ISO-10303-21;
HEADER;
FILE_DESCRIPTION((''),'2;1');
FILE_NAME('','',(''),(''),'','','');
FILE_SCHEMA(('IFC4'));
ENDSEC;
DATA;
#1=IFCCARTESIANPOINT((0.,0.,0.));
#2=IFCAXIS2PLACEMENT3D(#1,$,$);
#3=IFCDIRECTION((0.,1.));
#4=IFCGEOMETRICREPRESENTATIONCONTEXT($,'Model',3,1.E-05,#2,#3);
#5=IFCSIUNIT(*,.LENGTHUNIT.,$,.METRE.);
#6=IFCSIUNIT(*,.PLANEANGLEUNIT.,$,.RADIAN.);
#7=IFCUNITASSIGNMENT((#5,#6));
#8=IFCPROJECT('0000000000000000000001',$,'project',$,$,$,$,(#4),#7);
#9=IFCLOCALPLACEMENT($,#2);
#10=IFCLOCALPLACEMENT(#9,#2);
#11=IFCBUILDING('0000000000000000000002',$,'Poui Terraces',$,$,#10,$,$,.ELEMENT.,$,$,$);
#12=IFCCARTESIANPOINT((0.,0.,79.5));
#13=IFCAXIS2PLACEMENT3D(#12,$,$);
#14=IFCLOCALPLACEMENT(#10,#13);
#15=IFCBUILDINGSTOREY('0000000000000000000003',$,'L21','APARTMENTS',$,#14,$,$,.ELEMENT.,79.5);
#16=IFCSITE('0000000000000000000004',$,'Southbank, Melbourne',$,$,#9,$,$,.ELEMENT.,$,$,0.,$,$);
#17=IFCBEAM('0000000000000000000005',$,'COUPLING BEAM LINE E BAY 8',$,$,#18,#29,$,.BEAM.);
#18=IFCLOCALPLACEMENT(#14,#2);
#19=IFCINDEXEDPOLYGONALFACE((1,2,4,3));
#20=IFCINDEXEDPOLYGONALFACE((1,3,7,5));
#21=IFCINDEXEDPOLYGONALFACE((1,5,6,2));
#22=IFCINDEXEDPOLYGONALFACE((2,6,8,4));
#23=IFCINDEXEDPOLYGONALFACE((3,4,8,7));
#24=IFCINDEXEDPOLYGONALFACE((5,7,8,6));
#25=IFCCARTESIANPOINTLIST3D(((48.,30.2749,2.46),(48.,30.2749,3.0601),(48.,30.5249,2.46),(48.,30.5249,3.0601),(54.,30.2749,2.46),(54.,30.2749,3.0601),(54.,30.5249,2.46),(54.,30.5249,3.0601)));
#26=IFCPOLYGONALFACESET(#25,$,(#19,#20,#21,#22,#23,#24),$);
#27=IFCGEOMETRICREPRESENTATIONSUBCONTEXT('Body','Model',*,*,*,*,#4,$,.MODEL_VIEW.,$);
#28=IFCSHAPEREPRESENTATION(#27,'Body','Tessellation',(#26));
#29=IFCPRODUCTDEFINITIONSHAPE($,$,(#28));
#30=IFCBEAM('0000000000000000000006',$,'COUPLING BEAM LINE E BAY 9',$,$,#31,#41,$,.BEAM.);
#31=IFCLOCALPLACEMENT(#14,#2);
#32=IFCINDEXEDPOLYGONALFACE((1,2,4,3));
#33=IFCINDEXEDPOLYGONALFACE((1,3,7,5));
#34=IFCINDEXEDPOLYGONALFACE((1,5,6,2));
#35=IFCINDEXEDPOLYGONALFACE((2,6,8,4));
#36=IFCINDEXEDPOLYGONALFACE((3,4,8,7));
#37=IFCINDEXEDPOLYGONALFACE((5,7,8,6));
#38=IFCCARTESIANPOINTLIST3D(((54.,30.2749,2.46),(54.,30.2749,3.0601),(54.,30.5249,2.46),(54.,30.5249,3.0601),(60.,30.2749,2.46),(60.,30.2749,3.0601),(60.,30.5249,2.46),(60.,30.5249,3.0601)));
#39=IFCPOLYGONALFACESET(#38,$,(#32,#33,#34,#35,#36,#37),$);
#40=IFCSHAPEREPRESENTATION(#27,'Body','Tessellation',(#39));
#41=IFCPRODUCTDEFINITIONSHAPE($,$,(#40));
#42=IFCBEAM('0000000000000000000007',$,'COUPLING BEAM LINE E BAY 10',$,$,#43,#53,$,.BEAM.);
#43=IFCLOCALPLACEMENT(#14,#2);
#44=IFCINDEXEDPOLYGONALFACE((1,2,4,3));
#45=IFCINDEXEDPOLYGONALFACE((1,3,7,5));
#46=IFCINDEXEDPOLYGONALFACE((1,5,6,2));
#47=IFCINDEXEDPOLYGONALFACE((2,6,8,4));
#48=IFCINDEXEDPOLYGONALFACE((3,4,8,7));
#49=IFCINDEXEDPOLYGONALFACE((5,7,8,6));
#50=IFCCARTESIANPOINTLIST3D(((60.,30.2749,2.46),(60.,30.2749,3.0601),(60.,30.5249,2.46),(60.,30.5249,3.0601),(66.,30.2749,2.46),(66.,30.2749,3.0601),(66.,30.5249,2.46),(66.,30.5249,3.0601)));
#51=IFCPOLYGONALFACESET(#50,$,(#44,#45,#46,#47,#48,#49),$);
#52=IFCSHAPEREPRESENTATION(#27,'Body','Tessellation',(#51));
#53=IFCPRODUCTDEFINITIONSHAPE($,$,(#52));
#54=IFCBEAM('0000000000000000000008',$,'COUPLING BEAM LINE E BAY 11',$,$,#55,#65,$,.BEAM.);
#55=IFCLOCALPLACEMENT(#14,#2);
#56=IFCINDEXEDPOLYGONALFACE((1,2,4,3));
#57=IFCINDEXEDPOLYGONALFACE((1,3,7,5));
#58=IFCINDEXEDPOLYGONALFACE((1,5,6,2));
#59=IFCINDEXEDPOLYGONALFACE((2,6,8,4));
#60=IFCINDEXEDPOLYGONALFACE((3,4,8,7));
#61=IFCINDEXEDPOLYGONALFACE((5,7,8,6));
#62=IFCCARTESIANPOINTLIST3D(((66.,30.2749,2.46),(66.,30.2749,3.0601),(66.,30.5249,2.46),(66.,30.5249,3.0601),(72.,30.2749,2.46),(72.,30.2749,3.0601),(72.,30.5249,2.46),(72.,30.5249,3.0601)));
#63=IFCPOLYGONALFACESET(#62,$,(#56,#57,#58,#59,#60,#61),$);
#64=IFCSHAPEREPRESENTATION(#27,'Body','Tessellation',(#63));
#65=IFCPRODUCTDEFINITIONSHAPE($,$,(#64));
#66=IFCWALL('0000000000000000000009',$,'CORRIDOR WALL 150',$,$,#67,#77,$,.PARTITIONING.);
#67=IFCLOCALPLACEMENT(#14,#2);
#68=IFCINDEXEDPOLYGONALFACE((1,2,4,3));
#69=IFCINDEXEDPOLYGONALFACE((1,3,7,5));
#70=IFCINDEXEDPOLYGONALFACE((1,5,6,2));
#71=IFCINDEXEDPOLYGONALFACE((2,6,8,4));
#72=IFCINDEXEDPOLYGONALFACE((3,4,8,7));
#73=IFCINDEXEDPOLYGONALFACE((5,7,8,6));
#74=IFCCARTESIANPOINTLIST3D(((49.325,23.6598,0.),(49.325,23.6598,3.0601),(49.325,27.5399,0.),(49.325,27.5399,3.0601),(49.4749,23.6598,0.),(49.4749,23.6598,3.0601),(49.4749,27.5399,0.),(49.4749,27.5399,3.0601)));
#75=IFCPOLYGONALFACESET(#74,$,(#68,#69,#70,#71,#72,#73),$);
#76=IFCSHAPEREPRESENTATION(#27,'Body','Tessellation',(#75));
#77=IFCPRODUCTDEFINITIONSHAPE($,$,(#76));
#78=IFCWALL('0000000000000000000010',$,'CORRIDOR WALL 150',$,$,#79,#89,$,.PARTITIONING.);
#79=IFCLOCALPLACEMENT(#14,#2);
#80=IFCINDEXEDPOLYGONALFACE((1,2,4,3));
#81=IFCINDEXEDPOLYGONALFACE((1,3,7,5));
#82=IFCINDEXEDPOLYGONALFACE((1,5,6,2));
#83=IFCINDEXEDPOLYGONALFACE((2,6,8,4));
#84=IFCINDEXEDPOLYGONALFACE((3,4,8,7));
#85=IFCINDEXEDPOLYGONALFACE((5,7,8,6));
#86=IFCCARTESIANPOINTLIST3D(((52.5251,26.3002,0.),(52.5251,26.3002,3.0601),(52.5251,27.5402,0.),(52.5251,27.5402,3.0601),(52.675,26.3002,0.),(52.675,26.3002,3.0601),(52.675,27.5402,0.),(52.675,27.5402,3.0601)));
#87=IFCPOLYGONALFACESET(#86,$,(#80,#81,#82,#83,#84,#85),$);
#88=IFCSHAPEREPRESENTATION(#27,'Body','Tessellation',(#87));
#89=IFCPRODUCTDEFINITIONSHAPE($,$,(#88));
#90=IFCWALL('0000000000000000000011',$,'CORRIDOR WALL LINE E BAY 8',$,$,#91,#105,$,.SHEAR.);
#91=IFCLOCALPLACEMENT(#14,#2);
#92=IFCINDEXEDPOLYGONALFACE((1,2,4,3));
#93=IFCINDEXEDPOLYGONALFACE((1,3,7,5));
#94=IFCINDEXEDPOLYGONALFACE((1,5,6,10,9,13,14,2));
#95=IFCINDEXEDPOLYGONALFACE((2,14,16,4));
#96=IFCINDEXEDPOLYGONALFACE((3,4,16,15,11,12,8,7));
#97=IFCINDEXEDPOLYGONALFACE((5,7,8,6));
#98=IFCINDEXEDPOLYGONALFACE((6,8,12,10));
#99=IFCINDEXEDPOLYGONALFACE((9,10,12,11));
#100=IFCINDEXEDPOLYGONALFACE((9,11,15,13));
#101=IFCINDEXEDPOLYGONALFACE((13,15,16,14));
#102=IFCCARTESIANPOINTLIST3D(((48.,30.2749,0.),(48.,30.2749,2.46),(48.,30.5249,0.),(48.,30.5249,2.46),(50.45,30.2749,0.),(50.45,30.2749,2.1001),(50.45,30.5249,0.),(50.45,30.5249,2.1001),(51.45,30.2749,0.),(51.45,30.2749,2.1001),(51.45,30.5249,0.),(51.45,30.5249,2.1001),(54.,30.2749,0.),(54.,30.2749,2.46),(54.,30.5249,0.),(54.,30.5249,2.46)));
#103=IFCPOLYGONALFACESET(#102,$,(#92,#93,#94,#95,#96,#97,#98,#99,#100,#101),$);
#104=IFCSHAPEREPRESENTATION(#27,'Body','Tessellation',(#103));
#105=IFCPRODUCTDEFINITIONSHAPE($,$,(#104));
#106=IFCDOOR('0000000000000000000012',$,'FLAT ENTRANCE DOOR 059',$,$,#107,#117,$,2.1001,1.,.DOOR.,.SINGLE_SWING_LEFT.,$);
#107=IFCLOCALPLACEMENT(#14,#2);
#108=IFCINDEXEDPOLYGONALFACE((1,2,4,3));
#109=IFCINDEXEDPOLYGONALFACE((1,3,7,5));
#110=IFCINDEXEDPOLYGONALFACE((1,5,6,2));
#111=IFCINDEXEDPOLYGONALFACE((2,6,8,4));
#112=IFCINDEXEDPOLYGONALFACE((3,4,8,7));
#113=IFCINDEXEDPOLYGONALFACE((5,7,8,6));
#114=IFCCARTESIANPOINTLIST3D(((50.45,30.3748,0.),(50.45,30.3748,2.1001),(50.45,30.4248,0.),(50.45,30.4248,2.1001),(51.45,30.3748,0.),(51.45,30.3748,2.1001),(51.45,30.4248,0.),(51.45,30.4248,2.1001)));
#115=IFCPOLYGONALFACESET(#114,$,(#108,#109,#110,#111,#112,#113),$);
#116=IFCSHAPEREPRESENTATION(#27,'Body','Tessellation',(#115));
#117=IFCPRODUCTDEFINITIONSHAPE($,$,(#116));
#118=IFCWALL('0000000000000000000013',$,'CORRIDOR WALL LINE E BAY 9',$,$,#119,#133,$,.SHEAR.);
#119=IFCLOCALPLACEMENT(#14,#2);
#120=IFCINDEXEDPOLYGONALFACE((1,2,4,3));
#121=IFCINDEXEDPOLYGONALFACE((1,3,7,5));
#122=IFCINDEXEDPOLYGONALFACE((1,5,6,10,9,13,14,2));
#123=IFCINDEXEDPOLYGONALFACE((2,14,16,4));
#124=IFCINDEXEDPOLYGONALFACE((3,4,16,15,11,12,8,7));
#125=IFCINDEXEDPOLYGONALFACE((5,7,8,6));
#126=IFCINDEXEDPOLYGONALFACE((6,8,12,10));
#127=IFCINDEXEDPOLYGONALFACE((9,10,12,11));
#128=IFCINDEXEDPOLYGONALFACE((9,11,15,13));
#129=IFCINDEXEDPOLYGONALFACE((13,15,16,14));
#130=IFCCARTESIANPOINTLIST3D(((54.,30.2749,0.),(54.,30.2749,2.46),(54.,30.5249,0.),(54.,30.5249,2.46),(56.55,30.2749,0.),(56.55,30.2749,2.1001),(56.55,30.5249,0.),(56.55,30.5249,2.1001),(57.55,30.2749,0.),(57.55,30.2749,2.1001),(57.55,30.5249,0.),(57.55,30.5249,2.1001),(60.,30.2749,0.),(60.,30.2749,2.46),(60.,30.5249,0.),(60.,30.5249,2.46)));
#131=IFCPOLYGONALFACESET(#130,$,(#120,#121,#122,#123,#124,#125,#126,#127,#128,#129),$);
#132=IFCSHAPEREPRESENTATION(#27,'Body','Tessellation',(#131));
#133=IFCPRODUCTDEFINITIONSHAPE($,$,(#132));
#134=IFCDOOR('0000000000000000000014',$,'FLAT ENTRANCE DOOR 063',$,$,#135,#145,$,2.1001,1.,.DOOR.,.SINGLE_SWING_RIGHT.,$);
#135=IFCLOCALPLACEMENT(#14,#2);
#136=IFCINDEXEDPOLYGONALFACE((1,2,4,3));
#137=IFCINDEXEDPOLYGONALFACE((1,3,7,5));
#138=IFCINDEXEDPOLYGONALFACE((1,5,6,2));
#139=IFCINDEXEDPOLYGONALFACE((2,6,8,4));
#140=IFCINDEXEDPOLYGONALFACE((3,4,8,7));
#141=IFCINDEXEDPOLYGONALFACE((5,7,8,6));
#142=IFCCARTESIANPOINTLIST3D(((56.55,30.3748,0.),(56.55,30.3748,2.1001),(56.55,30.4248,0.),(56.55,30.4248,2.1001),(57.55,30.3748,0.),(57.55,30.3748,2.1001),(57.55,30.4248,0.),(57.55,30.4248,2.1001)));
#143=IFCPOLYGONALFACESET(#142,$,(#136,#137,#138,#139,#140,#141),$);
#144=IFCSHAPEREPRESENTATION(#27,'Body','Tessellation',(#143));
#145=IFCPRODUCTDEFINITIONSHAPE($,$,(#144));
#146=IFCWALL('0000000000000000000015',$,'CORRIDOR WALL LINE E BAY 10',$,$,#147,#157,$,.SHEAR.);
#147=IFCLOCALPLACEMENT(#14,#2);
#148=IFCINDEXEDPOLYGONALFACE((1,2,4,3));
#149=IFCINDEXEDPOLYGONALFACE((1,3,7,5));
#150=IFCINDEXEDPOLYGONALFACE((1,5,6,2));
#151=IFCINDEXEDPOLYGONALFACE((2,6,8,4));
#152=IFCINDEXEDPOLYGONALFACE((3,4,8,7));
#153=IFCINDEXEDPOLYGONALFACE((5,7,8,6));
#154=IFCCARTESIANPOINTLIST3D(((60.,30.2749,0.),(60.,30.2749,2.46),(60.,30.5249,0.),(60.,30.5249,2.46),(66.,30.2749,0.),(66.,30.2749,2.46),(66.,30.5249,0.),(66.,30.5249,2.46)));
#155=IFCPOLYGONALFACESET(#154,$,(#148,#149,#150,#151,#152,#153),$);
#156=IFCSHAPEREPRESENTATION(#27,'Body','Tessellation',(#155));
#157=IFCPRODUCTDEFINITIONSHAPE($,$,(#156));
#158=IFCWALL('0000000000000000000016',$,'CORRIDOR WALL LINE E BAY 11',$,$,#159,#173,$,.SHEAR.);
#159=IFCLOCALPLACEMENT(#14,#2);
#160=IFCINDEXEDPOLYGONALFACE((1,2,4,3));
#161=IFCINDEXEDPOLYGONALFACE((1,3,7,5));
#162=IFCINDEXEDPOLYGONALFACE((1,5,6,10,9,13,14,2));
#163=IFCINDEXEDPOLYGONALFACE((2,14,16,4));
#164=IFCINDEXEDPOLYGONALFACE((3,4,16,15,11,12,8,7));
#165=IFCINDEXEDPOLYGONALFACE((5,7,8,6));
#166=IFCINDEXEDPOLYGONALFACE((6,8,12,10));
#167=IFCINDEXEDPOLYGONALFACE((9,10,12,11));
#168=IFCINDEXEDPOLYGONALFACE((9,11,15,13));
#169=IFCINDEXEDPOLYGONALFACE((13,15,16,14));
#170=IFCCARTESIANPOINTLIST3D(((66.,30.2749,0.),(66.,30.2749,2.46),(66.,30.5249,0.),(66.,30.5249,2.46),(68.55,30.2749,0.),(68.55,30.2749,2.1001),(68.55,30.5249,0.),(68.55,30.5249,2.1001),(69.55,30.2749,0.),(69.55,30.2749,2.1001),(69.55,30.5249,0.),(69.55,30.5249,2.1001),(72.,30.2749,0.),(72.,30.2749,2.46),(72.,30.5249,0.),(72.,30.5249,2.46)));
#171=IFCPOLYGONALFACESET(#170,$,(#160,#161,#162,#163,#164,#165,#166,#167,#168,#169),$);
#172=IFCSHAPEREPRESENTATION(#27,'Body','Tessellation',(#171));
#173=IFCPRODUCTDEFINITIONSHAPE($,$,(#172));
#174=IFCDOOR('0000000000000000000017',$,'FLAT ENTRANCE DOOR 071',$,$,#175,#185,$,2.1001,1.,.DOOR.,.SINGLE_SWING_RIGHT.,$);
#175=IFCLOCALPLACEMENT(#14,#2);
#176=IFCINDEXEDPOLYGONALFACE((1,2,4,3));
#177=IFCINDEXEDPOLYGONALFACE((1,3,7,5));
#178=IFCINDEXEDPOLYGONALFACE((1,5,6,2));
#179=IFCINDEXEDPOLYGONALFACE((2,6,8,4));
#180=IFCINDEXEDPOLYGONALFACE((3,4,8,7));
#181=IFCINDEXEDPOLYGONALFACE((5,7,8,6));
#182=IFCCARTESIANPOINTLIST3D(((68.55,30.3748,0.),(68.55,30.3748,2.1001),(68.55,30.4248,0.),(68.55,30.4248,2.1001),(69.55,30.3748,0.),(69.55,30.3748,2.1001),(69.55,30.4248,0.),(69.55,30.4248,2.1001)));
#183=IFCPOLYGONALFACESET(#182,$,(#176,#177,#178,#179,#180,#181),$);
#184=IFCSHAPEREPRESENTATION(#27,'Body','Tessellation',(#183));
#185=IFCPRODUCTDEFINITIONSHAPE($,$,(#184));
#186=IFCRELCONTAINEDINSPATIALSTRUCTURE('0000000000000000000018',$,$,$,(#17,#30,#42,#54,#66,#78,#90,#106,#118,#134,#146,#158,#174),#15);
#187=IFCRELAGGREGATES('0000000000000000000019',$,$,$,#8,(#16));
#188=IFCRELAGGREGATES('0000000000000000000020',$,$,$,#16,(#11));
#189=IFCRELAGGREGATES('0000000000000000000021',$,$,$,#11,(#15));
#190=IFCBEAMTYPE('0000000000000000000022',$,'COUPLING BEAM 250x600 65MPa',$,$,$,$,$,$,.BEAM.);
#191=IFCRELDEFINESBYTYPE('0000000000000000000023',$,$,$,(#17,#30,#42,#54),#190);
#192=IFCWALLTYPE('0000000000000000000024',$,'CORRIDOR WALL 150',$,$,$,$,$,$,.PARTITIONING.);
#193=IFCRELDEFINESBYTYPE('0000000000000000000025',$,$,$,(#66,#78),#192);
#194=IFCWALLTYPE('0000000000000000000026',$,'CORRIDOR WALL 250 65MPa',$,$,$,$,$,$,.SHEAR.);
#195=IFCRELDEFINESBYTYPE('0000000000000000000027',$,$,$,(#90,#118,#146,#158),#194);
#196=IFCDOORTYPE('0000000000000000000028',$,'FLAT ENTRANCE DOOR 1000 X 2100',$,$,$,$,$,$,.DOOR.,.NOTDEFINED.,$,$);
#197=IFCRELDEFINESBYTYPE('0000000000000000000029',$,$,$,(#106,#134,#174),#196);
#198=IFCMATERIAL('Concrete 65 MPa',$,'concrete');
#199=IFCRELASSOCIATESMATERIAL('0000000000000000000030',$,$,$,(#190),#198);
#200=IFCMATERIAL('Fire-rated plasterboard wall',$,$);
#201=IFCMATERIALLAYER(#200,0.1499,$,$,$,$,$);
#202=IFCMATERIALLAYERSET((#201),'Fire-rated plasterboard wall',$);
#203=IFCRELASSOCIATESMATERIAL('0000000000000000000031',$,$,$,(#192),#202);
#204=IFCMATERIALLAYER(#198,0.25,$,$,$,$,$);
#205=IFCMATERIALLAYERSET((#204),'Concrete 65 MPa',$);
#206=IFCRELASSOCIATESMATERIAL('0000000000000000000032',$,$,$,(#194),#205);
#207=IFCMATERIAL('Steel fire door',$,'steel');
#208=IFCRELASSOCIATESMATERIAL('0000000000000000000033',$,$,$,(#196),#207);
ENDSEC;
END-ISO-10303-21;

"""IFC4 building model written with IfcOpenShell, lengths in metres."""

from ifc_helpers import new_model, si_unit, direction, frame, frame_2d, origin, origin_2d, place, context, subcontext, project, spatial, rectangle, extrude, source, transform, mapped, material, layer, layer_set, material_profile, profile_set, type_object, element, fill, save


model = new_model("IFC4")

# Units and contexts
model_context = context("Model", 3, precision=1e-05, world=origin(), true_north=direction((0.0, 1.0)))
body_context = subcontext(model_context, "Body", "Model", "MODEL_VIEW")
ifc_project = project(units=[si_unit("LENGTHUNIT", "METRE"), si_unit("PLANEANGLEUNIT", "RADIAN")], contexts=[model_context])

# Site, building, storey
site_placement = place(None, origin())
site = spatial("IfcSite", under=ifc_project, at=site_placement, Name="Southbank, Melbourne", CompositionType="ELEMENT", RefElevation=0.0)
building_placement = place(site_placement, origin())
building = spatial("IfcBuilding", under=site, at=building_placement, Name="Poui Terraces", CompositionType="ELEMENT")
storey_placement = place(building_placement, frame((0.0, 0.0, 79.5)))
storey = spatial("IfcBuildingStorey", under=building, at=storey_placement, Name="L21", Description="APARTMENTS", CompositionType="ELEMENT", Elevation=79.5)

# Beams
ifc_material_1 = material(Name="Concrete 65 MPa", Category="concrete")
ifc_material_profile = material_profile(ifc_material_1, rectangle(XDim=0.25, YDim=0.6001, at=origin_2d()), Name="RC 250x600")
ifc_profile_set = profile_set([ifc_material_profile], Name="Concrete 65 MPa")
beam_type = type_object("IfcBeamType", Name="COUPLING BEAM 250x600 65MPa", PredefinedType="BEAM", material=ifc_profile_set)
shared_shape = source(origin(), body_context, "Body", "SweptSolid", [
    extrude(rectangle(XDim=0.25, YDim=0.6001, at=origin_2d()), origin(), (0.0, 0.0, 1.0), 6.0),
])
for number, where, z_axis, x_axis, name in (
    (1, (48.0, 30.3999, 2.76), (1.0, 0.0, 0.0), (0.0, 1.0, 0.0), "COUPLING BEAM LINE E BAY 8"),
    (2, (54.0, 30.3999, 2.76), (1.0, 0.0, 0.0), (0.0, 1.0, 0.0), "COUPLING BEAM LINE E BAY 9"),
    (3, (60.0, 30.3999, 2.76), (1.0, 0.0, 0.0), (0.0, 1.0, 0.0), "COUPLING BEAM LINE E BAY 10"),
    (4, (66.0, 30.3999, 2.76), (1.0, 0.0, 0.0), (0.0, 1.0, 0.0), "COUPLING BEAM LINE E BAY 11"),
):
    element("IfcBeam", number, at=place(storey_placement, frame(where, z_axis=z_axis, x_axis=x_axis)), inside=storey, type_object=beam_type, Name=name, PredefinedType="BEAM", context=body_context, shape_type="MappedRepresentation", body=[
        mapped(shared_shape, transform((0.0, 0.0, 0.0))),
    ])

# Walls
ifc_material_2 = material(Name="Fire-rated plasterboard wall")
ifc_layer_1 = layer(ifc_material_2, 0.1499)
ifc_layer_set_1 = layer_set([ifc_layer_1], Name="Fire-rated plasterboard wall")
wall_type_1 = type_object("IfcWallType", Name="CORRIDOR WALL 150", PredefinedType="PARTITIONING", material=ifc_layer_set_1)
wall_1_placement = place(storey_placement, frame((49.3999, 23.6599, 0.0), z_axis=(0.0, 0.0, 1.0), x_axis=(0.0, 1.0, 0.0)))
element("IfcWall", 5, at=wall_1_placement, inside=storey, type_object=wall_type_1, Name="CORRIDOR WALL 150", PredefinedType="PARTITIONING", context=body_context, shape_type="SweptSolid", body=[
    extrude(rectangle(XDim=3.8801, YDim=0.1499, at=frame_2d((1.9399, 0.0))), origin(), (0.0, 0.0, 1.0), 3.0601),
])
wall_2_placement = place(storey_placement, frame((52.6001, 26.3, 0.0), z_axis=(0.0, 0.0, 1.0), x_axis=(0.0, 1.0, 0.0)))
element("IfcWall", 6, at=wall_2_placement, inside=storey, type_object=wall_type_1, Name="CORRIDOR WALL 150", PredefinedType="PARTITIONING", context=body_context, shape_type="SweptSolid", body=[
    extrude(rectangle(XDim=1.24, YDim=0.1499, at=frame_2d((0.6201, 0.0))), origin(), (0.0, 0.0, 1.0), 3.0601),
])

# Walls, openings, doors
ifc_layer_2 = layer(ifc_material_1, 0.25)
ifc_layer_set_2 = layer_set([ifc_layer_2], Name="Concrete 65 MPa")
wall_type_2 = type_object("IfcWallType", Name="CORRIDOR WALL 250 65MPa", PredefinedType="SHEAR", material=ifc_layer_set_2)
wall_3_placement = place(storey_placement, frame((48.0, 30.3999, 0.0), z_axis=(0.0, 0.0, 1.0), x_axis=(1.0, 0.0, 0.0)))
wall_3 = element("IfcWall", 7, at=wall_3_placement, inside=storey, type_object=wall_type_2, Name="CORRIDOR WALL LINE E BAY 8", PredefinedType="SHEAR", context=body_context, shape_type="SweptSolid", body=[
    extrude(rectangle(XDim=6.0, YDim=0.25, at=frame_2d((3.0, 0.0))), origin(), (0.0, 0.0, 1.0), 2.46),
])
opening_1_placement = place(wall_3_placement, frame((2.45, 0.0, 0.0)))
opening_1 = element("IfcOpeningElement", 8, at=opening_1_placement, cuts=wall_3, PredefinedType="OPENING", context=body_context, shape_type="SweptSolid", body=[
    extrude(rectangle(XDim=1.0, YDim=2.1001, at=frame_2d((0.5, 1.05))), frame((0.0, 0.135, 0.0), z_axis=(0.0, -1.0, 0.0), x_axis=(1.0, 0.0, 0.0)), (0.0, 0.0, 1.0), 0.27),
])
ifc_material_3 = material(Name="Steel fire door", Category="steel")
door_type_1 = type_object("IfcDoorType", Name="FLAT ENTRANCE DOOR 1000 X 2100", OperationType="NOTDEFINED", PredefinedType="DOOR", material=ifc_material_3)
door_1_placement = place(opening_1_placement, origin())
door_1 = element("IfcDoor", 9, at=door_1_placement, inside=storey, type_object=door_type_1, Name="FLAT ENTRANCE DOOR 059", OperationType="SINGLE_SWING_LEFT", OverallHeight=2.1001, OverallWidth=1.0, PredefinedType="DOOR", context=body_context, shape_type="SweptSolid", body=[
    extrude(rectangle(XDim=1.0, YDim=2.1001, at=frame_2d((0.5, 1.05))), frame((0.0, 0.0249, 0.0), z_axis=(0.0, -1.0, 0.0), x_axis=(1.0, 0.0, 0.0)), (0.0, 0.0, 1.0), 0.05),
])
fill(opening_1, door_1)
wall_4_placement = place(storey_placement, frame((54.0, 30.3999, 0.0), z_axis=(0.0, 0.0, 1.0), x_axis=(1.0, 0.0, 0.0)))
wall_4 = element("IfcWall", 10, at=wall_4_placement, inside=storey, type_object=wall_type_2, Name="CORRIDOR WALL LINE E BAY 9", PredefinedType="SHEAR", context=body_context, shape_type="SweptSolid", body=[
    extrude(rectangle(XDim=6.0, YDim=0.25, at=frame_2d((3.0, 0.0))), origin(), (0.0, 0.0, 1.0), 2.46),
])
opening_2_placement = place(wall_4_placement, frame((2.55, 0.0, 0.0)))
opening_2 = element("IfcOpeningElement", 11, at=opening_2_placement, cuts=wall_4, PredefinedType="OPENING", context=body_context, shape_type="SweptSolid", body=[
    extrude(rectangle(XDim=1.0, YDim=2.1001, at=frame_2d((0.5, 1.05))), frame((0.0, 0.135, 0.0), z_axis=(0.0, -1.0, 0.0), x_axis=(1.0, 0.0, 0.0)), (0.0, 0.0, 1.0), 0.27),
])
door_2_placement = place(opening_2_placement, origin())
door_2 = element("IfcDoor", 12, at=door_2_placement, inside=storey, type_object=door_type_1, Name="FLAT ENTRANCE DOOR 063", OperationType="SINGLE_SWING_RIGHT", OverallHeight=2.1001, OverallWidth=1.0, PredefinedType="DOOR", context=body_context, shape_type="SweptSolid", body=[
    extrude(rectangle(XDim=1.0, YDim=2.1001, at=frame_2d((0.5, 1.05))), frame((0.0, 0.0249, 0.0), z_axis=(0.0, -1.0, 0.0), x_axis=(1.0, 0.0, 0.0)), (0.0, 0.0, 1.0), 0.05),
])
fill(opening_2, door_2)

# Wall
wall_5_placement = place(storey_placement, frame((60.0, 30.3999, 0.0), z_axis=(0.0, 0.0, 1.0), x_axis=(1.0, 0.0, 0.0)))
element("IfcWall", 13, at=wall_5_placement, inside=storey, type_object=wall_type_2, Name="CORRIDOR WALL LINE E BAY 10", PredefinedType="SHEAR", context=body_context, shape_type="SweptSolid", body=[
    extrude(rectangle(XDim=6.0, YDim=0.25, at=frame_2d((3.0, 0.0))), origin(), (0.0, 0.0, 1.0), 2.46),
])

# Wall, opening, door
wall_6_placement = place(storey_placement, frame((66.0, 30.3999, 0.0), z_axis=(0.0, 0.0, 1.0), x_axis=(1.0, 0.0, 0.0)))
wall_6 = element("IfcWall", 14, at=wall_6_placement, inside=storey, type_object=wall_type_2, Name="CORRIDOR WALL LINE E BAY 11", PredefinedType="SHEAR", context=body_context, shape_type="SweptSolid", body=[
    extrude(rectangle(XDim=6.0, YDim=0.25, at=frame_2d((3.0, 0.0))), origin(), (0.0, 0.0, 1.0), 2.46),
])
opening_3_placement = place(wall_6_placement, frame((2.55, 0.0, 0.0)))
opening_3 = element("IfcOpeningElement", 15, at=opening_3_placement, cuts=wall_6, PredefinedType="OPENING", context=body_context, shape_type="SweptSolid", body=[
    extrude(rectangle(XDim=1.0, YDim=2.1001, at=frame_2d((0.5, 1.05))), frame((0.0, 0.135, 0.0), z_axis=(0.0, -1.0, 0.0), x_axis=(1.0, 0.0, 0.0)), (0.0, 0.0, 1.0), 0.27),
])
door_3_placement = place(opening_3_placement, origin())
door_3 = element("IfcDoor", 16, at=door_3_placement, inside=storey, type_object=door_type_1, Name="FLAT ENTRANCE DOOR 071", OperationType="SINGLE_SWING_RIGHT", OverallHeight=2.1001, OverallWidth=1.0, PredefinedType="DOOR", context=body_context, shape_type="SweptSolid", body=[
    extrude(rectangle(XDim=1.0, YDim=2.1001, at=frame_2d((0.5, 1.05))), frame((0.0, 0.0249, 0.0), z_axis=(0.0, -1.0, 0.0), x_axis=(1.0, 0.0, 0.0)), (0.0, 0.0, 1.0), 0.05),
])
fill(opening_3, door_3)

save(model, "model.ifc")
